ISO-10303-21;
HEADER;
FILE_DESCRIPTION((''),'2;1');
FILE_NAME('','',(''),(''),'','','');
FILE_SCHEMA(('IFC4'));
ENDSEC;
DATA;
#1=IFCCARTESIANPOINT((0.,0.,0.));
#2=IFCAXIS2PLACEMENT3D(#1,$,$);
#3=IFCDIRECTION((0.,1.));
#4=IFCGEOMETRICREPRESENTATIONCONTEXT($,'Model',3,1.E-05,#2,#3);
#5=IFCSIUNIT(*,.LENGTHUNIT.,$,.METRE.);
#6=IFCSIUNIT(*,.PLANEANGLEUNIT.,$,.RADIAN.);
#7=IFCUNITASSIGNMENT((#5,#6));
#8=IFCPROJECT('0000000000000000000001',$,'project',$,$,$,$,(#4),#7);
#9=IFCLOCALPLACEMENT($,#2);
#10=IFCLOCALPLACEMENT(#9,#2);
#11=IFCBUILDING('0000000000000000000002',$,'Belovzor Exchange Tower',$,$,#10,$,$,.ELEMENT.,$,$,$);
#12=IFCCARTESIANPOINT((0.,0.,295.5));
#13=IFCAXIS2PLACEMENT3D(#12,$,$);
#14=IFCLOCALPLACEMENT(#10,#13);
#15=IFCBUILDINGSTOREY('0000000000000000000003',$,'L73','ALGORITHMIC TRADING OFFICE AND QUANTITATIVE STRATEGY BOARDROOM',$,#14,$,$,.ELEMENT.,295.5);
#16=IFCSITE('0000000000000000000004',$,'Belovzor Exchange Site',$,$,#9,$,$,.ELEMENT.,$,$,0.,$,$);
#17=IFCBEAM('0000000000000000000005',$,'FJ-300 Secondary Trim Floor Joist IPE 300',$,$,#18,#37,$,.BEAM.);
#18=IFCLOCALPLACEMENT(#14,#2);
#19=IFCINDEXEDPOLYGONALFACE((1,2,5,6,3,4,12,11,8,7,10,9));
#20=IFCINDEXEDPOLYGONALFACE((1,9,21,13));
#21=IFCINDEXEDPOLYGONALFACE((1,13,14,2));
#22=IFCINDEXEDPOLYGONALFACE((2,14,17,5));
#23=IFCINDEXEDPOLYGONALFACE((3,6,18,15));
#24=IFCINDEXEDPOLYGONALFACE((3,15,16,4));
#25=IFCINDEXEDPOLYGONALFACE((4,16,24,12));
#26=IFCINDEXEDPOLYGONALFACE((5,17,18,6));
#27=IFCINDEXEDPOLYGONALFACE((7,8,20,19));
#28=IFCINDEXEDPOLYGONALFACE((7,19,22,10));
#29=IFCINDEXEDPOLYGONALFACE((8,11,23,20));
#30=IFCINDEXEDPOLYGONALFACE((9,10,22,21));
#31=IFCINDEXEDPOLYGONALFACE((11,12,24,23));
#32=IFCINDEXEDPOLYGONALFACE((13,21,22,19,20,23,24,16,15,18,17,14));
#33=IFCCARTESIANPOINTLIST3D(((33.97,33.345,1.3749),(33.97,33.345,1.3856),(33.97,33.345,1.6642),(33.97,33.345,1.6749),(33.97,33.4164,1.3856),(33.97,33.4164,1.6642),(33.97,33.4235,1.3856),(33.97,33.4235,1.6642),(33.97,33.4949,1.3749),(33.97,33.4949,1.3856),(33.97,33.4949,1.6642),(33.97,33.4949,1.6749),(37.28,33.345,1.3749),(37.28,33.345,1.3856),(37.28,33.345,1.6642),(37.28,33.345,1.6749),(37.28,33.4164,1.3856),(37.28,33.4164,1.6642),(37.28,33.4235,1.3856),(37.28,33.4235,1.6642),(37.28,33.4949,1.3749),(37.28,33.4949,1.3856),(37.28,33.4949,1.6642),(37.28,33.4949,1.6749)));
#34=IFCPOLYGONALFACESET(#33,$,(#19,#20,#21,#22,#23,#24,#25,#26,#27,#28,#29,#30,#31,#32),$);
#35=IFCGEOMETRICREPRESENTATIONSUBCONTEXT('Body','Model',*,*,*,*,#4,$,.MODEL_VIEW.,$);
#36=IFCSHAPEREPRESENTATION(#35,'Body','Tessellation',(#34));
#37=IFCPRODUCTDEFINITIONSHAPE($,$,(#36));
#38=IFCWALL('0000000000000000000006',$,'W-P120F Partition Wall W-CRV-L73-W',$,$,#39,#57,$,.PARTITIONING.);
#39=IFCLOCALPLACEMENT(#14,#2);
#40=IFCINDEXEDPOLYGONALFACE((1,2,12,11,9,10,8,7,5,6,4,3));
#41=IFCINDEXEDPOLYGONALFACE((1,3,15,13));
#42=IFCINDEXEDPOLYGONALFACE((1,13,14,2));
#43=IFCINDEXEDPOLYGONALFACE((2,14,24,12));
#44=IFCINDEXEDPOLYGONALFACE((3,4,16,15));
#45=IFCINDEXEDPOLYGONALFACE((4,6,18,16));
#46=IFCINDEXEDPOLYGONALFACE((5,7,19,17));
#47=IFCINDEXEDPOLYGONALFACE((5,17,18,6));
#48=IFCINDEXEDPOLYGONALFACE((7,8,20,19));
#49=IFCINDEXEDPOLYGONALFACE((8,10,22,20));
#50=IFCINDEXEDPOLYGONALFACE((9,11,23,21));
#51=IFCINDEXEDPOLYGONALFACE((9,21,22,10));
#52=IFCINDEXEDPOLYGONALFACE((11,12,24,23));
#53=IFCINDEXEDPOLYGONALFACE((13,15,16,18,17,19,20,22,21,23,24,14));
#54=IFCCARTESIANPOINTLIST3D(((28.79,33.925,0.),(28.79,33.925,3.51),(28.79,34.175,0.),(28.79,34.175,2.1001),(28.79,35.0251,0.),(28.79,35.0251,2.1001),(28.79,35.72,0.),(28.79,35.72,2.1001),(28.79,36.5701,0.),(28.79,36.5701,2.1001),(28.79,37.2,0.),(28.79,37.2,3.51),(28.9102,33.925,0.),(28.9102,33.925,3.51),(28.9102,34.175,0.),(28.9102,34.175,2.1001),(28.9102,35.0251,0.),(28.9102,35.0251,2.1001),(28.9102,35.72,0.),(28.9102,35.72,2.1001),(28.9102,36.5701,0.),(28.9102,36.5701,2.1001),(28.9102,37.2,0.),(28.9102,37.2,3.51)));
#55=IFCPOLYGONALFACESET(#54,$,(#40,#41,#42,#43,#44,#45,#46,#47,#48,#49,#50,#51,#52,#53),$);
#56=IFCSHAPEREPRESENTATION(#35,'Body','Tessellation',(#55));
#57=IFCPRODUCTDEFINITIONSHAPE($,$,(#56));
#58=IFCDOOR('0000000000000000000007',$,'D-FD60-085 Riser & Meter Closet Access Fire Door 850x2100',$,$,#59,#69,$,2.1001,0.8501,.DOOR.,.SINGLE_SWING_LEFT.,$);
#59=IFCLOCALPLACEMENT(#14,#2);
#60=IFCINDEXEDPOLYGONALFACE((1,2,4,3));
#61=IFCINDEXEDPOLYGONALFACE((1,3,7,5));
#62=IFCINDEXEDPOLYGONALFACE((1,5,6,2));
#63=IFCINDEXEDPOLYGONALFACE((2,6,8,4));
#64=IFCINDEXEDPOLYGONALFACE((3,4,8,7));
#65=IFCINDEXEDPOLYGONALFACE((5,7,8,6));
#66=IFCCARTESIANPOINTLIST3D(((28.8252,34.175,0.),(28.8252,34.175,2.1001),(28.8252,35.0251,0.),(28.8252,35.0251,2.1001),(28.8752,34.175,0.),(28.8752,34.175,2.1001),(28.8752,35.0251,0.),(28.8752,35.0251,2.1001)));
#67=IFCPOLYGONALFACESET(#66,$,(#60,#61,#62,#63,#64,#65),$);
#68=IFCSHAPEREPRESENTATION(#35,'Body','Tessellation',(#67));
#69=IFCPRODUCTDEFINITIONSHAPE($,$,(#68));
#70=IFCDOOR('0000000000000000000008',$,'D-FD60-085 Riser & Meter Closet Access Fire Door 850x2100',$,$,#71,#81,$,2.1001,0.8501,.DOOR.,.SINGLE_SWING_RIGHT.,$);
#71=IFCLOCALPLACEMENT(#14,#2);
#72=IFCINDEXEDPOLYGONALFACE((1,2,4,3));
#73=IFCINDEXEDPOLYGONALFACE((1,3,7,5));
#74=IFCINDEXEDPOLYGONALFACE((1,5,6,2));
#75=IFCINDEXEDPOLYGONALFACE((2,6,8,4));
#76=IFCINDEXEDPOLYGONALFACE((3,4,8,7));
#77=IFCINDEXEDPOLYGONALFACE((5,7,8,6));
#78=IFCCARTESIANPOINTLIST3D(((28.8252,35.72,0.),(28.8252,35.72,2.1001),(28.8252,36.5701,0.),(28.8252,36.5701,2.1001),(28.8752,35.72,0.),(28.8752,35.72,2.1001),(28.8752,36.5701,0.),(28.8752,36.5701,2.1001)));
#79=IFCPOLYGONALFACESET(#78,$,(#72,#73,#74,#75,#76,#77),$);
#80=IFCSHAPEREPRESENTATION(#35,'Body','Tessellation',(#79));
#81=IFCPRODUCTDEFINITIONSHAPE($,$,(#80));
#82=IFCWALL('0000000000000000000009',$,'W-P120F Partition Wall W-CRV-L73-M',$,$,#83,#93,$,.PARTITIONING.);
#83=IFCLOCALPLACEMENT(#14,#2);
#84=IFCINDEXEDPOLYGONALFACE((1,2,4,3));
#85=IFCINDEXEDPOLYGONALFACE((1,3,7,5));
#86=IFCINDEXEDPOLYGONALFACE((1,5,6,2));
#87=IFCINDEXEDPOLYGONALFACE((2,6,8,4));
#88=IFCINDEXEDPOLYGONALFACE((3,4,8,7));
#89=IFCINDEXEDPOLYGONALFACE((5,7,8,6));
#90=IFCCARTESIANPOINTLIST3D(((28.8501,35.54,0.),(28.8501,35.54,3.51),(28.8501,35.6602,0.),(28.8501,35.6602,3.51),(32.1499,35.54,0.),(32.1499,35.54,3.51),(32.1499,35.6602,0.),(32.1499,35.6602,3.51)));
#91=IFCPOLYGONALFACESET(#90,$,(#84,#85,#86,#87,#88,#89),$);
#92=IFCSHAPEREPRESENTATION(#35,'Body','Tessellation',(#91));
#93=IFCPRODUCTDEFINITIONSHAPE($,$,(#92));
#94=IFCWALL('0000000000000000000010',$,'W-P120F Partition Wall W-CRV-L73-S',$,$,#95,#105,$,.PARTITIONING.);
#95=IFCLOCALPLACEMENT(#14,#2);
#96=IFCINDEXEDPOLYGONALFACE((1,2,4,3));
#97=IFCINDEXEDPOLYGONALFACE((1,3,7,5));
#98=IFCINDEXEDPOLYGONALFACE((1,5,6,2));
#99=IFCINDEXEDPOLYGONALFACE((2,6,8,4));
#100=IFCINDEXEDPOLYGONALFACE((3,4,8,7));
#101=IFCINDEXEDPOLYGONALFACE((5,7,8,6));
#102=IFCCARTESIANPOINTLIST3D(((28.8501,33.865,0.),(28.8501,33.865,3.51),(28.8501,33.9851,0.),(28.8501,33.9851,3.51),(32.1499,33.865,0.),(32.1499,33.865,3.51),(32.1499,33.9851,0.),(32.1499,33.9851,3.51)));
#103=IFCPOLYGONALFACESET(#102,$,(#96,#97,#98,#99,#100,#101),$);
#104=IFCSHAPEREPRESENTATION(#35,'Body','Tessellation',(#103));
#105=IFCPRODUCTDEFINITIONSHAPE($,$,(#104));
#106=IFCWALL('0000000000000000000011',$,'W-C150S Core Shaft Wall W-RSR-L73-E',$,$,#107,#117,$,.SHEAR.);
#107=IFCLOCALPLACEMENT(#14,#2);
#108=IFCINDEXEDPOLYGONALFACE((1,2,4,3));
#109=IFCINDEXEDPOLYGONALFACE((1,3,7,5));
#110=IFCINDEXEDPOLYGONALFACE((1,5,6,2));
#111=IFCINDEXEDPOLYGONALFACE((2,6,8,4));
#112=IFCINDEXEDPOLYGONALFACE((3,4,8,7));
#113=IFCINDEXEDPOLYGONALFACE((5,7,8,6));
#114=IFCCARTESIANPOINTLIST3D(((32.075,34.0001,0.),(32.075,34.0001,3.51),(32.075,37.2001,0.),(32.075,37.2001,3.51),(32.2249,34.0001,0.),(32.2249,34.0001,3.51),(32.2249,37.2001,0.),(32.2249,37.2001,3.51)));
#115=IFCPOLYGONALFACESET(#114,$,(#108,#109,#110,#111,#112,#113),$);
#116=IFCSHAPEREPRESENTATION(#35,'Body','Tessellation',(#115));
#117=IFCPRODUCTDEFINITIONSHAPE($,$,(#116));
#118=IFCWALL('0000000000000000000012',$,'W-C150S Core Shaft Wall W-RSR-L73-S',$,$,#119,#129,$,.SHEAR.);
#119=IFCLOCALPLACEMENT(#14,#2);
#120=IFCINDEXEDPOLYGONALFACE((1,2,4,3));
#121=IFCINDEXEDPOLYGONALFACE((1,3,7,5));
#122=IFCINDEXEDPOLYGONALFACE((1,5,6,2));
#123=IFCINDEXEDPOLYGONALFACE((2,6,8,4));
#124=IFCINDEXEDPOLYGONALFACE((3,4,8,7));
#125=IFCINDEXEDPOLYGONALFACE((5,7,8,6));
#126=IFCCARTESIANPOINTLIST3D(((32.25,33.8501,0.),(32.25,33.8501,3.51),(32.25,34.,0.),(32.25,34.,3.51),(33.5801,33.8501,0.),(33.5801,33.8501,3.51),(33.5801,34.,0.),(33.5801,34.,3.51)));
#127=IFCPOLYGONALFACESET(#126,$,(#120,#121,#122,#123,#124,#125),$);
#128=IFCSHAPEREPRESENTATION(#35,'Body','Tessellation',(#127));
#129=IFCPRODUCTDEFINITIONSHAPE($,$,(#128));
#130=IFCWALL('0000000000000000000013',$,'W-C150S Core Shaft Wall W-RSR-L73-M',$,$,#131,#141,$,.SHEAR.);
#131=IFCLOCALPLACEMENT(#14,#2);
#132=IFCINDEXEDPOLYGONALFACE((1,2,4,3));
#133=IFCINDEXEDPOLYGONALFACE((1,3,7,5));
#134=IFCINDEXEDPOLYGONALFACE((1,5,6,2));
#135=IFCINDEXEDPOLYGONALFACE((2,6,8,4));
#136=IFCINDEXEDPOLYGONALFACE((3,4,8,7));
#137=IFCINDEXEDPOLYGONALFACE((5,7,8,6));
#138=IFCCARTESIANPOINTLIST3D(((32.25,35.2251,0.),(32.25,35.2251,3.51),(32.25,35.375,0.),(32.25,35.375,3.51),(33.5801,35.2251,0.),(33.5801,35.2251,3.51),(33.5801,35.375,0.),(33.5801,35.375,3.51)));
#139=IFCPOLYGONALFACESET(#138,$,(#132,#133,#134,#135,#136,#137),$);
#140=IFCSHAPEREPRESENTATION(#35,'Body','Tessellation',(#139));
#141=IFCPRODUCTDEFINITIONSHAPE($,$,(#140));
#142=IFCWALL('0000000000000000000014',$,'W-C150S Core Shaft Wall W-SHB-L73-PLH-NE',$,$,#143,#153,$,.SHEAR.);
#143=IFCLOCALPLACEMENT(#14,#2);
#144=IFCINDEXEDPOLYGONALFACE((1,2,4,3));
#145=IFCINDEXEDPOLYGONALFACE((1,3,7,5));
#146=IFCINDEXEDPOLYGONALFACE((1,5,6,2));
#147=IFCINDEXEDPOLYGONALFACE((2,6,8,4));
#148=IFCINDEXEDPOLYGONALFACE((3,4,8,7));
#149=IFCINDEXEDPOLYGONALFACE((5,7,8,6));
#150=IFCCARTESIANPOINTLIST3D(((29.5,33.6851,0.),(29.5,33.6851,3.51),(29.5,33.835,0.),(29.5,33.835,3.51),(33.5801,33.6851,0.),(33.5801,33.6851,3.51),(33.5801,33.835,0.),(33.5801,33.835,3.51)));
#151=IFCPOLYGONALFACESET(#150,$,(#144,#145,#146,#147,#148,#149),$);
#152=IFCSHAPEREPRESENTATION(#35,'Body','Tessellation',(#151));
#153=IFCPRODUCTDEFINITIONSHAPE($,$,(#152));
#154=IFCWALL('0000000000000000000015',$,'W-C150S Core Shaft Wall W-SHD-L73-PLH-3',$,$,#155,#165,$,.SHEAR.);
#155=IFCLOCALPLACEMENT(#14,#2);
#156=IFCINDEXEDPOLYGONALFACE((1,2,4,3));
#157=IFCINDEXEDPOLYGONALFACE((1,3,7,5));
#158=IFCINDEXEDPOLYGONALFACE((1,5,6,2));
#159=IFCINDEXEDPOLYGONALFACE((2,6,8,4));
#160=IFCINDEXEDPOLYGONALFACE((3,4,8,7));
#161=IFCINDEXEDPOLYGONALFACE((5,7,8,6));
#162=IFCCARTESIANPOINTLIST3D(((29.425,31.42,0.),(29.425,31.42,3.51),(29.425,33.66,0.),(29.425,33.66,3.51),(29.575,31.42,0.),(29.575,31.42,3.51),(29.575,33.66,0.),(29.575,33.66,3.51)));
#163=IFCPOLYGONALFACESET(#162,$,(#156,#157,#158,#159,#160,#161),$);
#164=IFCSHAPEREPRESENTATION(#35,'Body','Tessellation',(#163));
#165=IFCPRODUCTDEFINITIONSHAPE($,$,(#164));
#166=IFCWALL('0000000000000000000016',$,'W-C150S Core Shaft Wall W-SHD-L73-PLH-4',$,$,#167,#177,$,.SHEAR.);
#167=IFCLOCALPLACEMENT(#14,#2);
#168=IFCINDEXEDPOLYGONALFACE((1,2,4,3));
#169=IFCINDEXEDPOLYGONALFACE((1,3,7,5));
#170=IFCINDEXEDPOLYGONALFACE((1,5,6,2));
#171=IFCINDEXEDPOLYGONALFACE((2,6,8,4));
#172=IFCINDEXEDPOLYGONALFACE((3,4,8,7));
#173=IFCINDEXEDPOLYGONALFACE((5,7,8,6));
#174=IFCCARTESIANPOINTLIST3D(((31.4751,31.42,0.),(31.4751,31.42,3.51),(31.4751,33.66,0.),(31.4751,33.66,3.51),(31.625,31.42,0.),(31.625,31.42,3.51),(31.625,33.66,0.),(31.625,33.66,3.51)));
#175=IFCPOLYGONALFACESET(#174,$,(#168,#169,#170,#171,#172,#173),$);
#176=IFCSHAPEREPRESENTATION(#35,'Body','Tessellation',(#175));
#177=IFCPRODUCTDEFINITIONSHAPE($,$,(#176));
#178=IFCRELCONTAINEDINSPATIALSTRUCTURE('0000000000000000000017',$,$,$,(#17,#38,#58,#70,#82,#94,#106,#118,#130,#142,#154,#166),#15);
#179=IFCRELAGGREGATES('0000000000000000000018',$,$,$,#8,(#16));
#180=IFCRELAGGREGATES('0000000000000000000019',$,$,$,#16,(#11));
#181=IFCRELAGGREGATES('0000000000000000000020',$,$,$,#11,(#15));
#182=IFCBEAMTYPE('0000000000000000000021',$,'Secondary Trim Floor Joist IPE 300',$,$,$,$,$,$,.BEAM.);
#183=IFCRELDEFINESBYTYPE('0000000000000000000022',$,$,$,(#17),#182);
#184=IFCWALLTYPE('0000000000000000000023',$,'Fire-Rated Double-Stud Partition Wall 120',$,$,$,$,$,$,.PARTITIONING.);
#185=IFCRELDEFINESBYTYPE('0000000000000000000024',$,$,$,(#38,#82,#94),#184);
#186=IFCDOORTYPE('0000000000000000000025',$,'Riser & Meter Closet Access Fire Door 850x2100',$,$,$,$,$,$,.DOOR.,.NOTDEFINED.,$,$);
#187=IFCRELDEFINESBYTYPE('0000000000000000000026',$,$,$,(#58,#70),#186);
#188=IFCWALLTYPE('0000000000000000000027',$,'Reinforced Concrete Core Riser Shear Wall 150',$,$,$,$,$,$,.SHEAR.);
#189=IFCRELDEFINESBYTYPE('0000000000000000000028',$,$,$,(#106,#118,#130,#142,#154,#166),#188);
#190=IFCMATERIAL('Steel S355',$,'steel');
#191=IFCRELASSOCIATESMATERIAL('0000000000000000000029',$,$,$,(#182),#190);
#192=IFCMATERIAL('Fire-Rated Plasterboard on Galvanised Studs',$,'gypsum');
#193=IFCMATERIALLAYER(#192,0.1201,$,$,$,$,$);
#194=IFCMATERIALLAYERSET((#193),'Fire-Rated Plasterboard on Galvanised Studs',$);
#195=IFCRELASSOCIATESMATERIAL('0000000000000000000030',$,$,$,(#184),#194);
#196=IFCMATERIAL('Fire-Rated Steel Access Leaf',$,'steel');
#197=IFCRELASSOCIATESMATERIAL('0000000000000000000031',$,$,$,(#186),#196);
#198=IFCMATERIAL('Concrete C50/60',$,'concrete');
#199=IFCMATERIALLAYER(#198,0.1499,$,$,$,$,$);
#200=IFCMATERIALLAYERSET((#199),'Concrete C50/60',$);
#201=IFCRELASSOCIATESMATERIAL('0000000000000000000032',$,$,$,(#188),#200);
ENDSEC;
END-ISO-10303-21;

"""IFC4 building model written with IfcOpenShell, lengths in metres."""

from ifc_helpers import new_model, si_unit, direction, frame, frame_2d, origin, origin_2d, place, context, subcontext, project, spatial, rectangle, i_section, extrude, material, layer, layer_set, material_profile, profile_set, type_object, element, fill, save


model = new_model("IFC4")

# Units and contexts
model_context = context("Model", 3, precision=1e-05, world=origin(), true_north=direction((0.0, 1.0)))
body_context = subcontext(model_context, "Body", "Model", "MODEL_VIEW")
ifc_project = project(units=[si_unit("LENGTHUNIT", "METRE"), si_unit("PLANEANGLEUNIT", "RADIAN")], contexts=[model_context])

# Site, building, storey
site_placement = place(None, origin())
site = spatial("IfcSite", under=ifc_project, at=site_placement, Name="Belovzor Exchange Site", CompositionType="ELEMENT", RefElevation=0.0)
building_placement = place(site_placement, origin())
building = spatial("IfcBuilding", under=site, at=building_placement, Name="Belovzor Exchange Tower", CompositionType="ELEMENT")
storey_placement = place(building_placement, frame((0.0, 0.0, 295.5)))
storey = spatial("IfcBuildingStorey", under=building, at=storey_placement, Name="L73", Description="ALGORITHMIC TRADING OFFICE AND QUANTITATIVE STRATEGY BOARDROOM", CompositionType="ELEMENT", Elevation=295.5)

# Beam
ifc_material_1 = material(Name="Steel S355", Category="steel")
ifc_material_profile = material_profile(ifc_material_1, i_section(OverallWidth=0.1499, OverallDepth=0.3, WebThickness=0.0071, FlangeThickness=0.0107, at=origin_2d()))
ifc_profile_set = profile_set([ifc_material_profile], Name="Steel S355")
beam_type = type_object("IfcBeamType", Name="Secondary Trim Floor Joist IPE 300", PredefinedType="BEAM", material=ifc_profile_set)
beam_placement = place(storey_placement, frame((37.28, 33.4199, 1.5249), z_axis=(-1.0, 0.0, 0.0), x_axis=(0.0, -1.0, 0.0)))
element("IfcBeam", 1, at=beam_placement, inside=storey, type_object=beam_type, Name="FJ-300 Secondary Trim Floor Joist IPE 300", PredefinedType="BEAM", context=body_context, shape_type="SweptSolid", body=[
    extrude(i_section(OverallWidth=0.1499, OverallDepth=0.3, WebThickness=0.0071, FlangeThickness=0.0107, at=origin_2d()), origin(), (0.0, 0.0, 1.0), 3.3101),
])

# Wall, openings, doors
ifc_material_2 = material(Name="Fire-Rated Plasterboard on Galvanised Studs", Category="gypsum")
ifc_layer_1 = layer(ifc_material_2, 0.1201)
ifc_layer_set_1 = layer_set([ifc_layer_1], Name="Fire-Rated Plasterboard on Galvanised Studs")
wall_type_1 = type_object("IfcWallType", Name="Fire-Rated Double-Stud Partition Wall 120", PredefinedType="PARTITIONING", material=ifc_layer_set_1)
wall_1_placement = place(storey_placement, frame((28.8501, 33.925, 0.0), z_axis=(0.0, 0.0, 1.0), x_axis=(0.0, 1.0, 0.0)))
wall_1 = element("IfcWall", 2, at=wall_1_placement, inside=storey, type_object=wall_type_1, Name="W-P120F Partition Wall W-CRV-L73-W", PredefinedType="PARTITIONING", context=body_context, shape_type="SweptSolid", body=[
    extrude(rectangle(XDim=3.2749, YDim=0.1201, at=frame_2d((1.6375, 0.0))), origin(), (0.0, 0.0, 1.0), 3.51),
])
opening_1_placement = place(wall_1_placement, frame((0.25, 0.0, 0.0)))
opening_1 = element("IfcOpeningElement", 3, at=opening_1_placement, cuts=wall_1, PredefinedType="OPENING", context=body_context, shape_type="SweptSolid", body=[
    extrude(rectangle(XDim=0.8501, YDim=2.1001, at=frame_2d((0.425, 1.05))), frame((0.0, 0.0701, 0.0), z_axis=(0.0, -1.0, 0.0), x_axis=(1.0, 0.0, 0.0)), (0.0, 0.0, 1.0), 0.1401),
])
opening_2_placement = place(wall_1_placement, frame((1.7949, 0.0, 0.0)))
opening_2 = element("IfcOpeningElement", 4, at=opening_2_placement, cuts=wall_1, PredefinedType="OPENING", context=body_context, shape_type="SweptSolid", body=[
    extrude(rectangle(XDim=0.8501, YDim=2.1001, at=frame_2d((0.425, 1.05))), frame((0.0, 0.0701, 0.0), z_axis=(0.0, -1.0, 0.0), x_axis=(1.0, 0.0, 0.0)), (0.0, 0.0, 1.0), 0.1401),
])
ifc_material_3 = material(Name="Fire-Rated Steel Access Leaf", Category="steel")
door_type_1 = type_object("IfcDoorType", Name="Riser & Meter Closet Access Fire Door 850x2100", OperationType="NOTDEFINED", PredefinedType="DOOR", material=ifc_material_3)
door_1_placement = place(opening_1_placement, origin())
door_1 = element("IfcDoor", 5, at=door_1_placement, inside=storey, type_object=door_type_1, Name="D-FD60-085 Riser & Meter Closet Access Fire Door 850x2100", OperationType="SINGLE_SWING_LEFT", OverallHeight=2.1001, OverallWidth=0.8501, PredefinedType="DOOR", context=body_context, shape_type="SweptSolid", body=[
    extrude(rectangle(XDim=0.8501, YDim=2.1001, at=frame_2d((0.425, 1.05))), frame((0.0, 0.0249, 0.0), z_axis=(0.0, -1.0, 0.0), x_axis=(1.0, 0.0, 0.0)), (0.0, 0.0, 1.0), 0.05),
])
fill(opening_1, door_1)
door_2_placement = place(opening_2_placement, origin())
door_2 = element("IfcDoor", 6, at=door_2_placement, inside=storey, type_object=door_type_1, Name="D-FD60-085 Riser & Meter Closet Access Fire Door 850x2100", OperationType="SINGLE_SWING_RIGHT", OverallHeight=2.1001, OverallWidth=0.8501, PredefinedType="DOOR", context=body_context, shape_type="SweptSolid", body=[
    extrude(rectangle(XDim=0.8501, YDim=2.1001, at=frame_2d((0.425, 1.05))), frame((0.0, 0.0249, 0.0), z_axis=(0.0, -1.0, 0.0), x_axis=(1.0, 0.0, 0.0)), (0.0, 0.0, 1.0), 0.05),
])
fill(opening_2, door_2)

# Walls
for number, where, z_axis, x_axis, name in (
    (7, (28.8501, 35.6001, 0.0), (0.0, 0.0, 1.0), (1.0, 0.0, 0.0), "W-P120F Partition Wall W-CRV-L73-M"),
    (8, (28.8501, 33.925, 0.0), (0.0, 0.0, 1.0), (1.0, 0.0, 0.0), "W-P120F Partition Wall W-CRV-L73-S"),
):
    element("IfcWall", number, at=place(storey_placement, frame(where, z_axis=z_axis, x_axis=x_axis)), inside=storey, type_object=wall_type_1, Name=name, PredefinedType="PARTITIONING", context=body_context, shape_type="SweptSolid", body=[
        extrude(rectangle(XDim=3.2998, YDim=0.1201, at=frame_2d((1.6499, 0.0))), origin(), (0.0, 0.0, 1.0), 3.51),
    ])
ifc_material_4 = material(Name="Concrete C50/60", Category="concrete")
ifc_layer_2 = layer(ifc_material_4, 0.1499)
ifc_layer_set_2 = layer_set([ifc_layer_2], Name="Concrete C50/60")
wall_type_2 = type_object("IfcWallType", Name="Reinforced Concrete Core Riser Shear Wall 150", PredefinedType="SHEAR", material=ifc_layer_set_2)
wall_2_placement = place(storey_placement, frame((32.1499, 34.0, 0.0), z_axis=(0.0, 0.0, 1.0), x_axis=(0.0, 1.0, 0.0)))
element("IfcWall", 9, at=wall_2_placement, inside=storey, type_object=wall_type_2, Name="W-C150S Core Shaft Wall W-RSR-L73-E", PredefinedType="SHEAR", context=body_context, shape_type="SweptSolid", body=[
    extrude(rectangle(XDim=3.2, YDim=0.1499, at=frame_2d((1.6001, 0.0))), origin(), (0.0, 0.0, 1.0), 3.51),
])
for number, where, z_axis, x_axis, name in (
    (10, (32.25, 33.925, 0.0), (0.0, 0.0, 1.0), (1.0, 0.0, 0.0), "W-C150S Core Shaft Wall W-RSR-L73-S"),
    (11, (32.25, 35.3, 0.0), (0.0, 0.0, 1.0), (1.0, 0.0, 0.0), "W-C150S Core Shaft Wall W-RSR-L73-M"),
):
    element("IfcWall", number, at=place(storey_placement, frame(where, z_axis=z_axis, x_axis=x_axis)), inside=storey, type_object=wall_type_2, Name=name, PredefinedType="SHEAR", context=body_context, shape_type="SweptSolid", body=[
        extrude(rectangle(XDim=1.3301, YDim=0.1499, at=frame_2d((0.665, 0.0))), origin(), (0.0, 0.0, 1.0), 3.51),
    ])
wall_3_placement = place(storey_placement, frame((29.5, 33.76, 0.0), z_axis=(0.0, 0.0, 1.0), x_axis=(1.0, 0.0, 0.0)))
element("IfcWall", 12, at=wall_3_placement, inside=storey, type_object=wall_type_2, Name="W-C150S Core Shaft Wall W-SHB-L73-PLH-NE", PredefinedType="SHEAR", context=body_context, shape_type="SweptSolid", body=[
    extrude(rectangle(XDim=4.0801, YDim=0.1499, at=frame_2d((2.04, 0.0))), origin(), (0.0, 0.0, 1.0), 3.51),
])
for number, where, z_axis, x_axis, name in (
    (13, (29.5, 31.4199, 0.0), (0.0, 0.0, 1.0), (0.0, 1.0, 0.0), "W-C150S Core Shaft Wall W-SHD-L73-PLH-3"),
    (14, (31.55, 31.4199, 0.0), (0.0, 0.0, 1.0), (0.0, 1.0, 0.0), "W-C150S Core Shaft Wall W-SHD-L73-PLH-4"),
):
    element("IfcWall", number, at=place(storey_placement, frame(where, z_axis=z_axis, x_axis=x_axis)), inside=storey, type_object=wall_type_2, Name=name, PredefinedType="SHEAR", context=body_context, shape_type="SweptSolid", body=[
        extrude(rectangle(XDim=2.24, YDim=0.1499, at=frame_2d((1.1201, 0.0))), origin(), (0.0, 0.0, 1.0), 3.51),
    ])

save(model, "model.ifc")
